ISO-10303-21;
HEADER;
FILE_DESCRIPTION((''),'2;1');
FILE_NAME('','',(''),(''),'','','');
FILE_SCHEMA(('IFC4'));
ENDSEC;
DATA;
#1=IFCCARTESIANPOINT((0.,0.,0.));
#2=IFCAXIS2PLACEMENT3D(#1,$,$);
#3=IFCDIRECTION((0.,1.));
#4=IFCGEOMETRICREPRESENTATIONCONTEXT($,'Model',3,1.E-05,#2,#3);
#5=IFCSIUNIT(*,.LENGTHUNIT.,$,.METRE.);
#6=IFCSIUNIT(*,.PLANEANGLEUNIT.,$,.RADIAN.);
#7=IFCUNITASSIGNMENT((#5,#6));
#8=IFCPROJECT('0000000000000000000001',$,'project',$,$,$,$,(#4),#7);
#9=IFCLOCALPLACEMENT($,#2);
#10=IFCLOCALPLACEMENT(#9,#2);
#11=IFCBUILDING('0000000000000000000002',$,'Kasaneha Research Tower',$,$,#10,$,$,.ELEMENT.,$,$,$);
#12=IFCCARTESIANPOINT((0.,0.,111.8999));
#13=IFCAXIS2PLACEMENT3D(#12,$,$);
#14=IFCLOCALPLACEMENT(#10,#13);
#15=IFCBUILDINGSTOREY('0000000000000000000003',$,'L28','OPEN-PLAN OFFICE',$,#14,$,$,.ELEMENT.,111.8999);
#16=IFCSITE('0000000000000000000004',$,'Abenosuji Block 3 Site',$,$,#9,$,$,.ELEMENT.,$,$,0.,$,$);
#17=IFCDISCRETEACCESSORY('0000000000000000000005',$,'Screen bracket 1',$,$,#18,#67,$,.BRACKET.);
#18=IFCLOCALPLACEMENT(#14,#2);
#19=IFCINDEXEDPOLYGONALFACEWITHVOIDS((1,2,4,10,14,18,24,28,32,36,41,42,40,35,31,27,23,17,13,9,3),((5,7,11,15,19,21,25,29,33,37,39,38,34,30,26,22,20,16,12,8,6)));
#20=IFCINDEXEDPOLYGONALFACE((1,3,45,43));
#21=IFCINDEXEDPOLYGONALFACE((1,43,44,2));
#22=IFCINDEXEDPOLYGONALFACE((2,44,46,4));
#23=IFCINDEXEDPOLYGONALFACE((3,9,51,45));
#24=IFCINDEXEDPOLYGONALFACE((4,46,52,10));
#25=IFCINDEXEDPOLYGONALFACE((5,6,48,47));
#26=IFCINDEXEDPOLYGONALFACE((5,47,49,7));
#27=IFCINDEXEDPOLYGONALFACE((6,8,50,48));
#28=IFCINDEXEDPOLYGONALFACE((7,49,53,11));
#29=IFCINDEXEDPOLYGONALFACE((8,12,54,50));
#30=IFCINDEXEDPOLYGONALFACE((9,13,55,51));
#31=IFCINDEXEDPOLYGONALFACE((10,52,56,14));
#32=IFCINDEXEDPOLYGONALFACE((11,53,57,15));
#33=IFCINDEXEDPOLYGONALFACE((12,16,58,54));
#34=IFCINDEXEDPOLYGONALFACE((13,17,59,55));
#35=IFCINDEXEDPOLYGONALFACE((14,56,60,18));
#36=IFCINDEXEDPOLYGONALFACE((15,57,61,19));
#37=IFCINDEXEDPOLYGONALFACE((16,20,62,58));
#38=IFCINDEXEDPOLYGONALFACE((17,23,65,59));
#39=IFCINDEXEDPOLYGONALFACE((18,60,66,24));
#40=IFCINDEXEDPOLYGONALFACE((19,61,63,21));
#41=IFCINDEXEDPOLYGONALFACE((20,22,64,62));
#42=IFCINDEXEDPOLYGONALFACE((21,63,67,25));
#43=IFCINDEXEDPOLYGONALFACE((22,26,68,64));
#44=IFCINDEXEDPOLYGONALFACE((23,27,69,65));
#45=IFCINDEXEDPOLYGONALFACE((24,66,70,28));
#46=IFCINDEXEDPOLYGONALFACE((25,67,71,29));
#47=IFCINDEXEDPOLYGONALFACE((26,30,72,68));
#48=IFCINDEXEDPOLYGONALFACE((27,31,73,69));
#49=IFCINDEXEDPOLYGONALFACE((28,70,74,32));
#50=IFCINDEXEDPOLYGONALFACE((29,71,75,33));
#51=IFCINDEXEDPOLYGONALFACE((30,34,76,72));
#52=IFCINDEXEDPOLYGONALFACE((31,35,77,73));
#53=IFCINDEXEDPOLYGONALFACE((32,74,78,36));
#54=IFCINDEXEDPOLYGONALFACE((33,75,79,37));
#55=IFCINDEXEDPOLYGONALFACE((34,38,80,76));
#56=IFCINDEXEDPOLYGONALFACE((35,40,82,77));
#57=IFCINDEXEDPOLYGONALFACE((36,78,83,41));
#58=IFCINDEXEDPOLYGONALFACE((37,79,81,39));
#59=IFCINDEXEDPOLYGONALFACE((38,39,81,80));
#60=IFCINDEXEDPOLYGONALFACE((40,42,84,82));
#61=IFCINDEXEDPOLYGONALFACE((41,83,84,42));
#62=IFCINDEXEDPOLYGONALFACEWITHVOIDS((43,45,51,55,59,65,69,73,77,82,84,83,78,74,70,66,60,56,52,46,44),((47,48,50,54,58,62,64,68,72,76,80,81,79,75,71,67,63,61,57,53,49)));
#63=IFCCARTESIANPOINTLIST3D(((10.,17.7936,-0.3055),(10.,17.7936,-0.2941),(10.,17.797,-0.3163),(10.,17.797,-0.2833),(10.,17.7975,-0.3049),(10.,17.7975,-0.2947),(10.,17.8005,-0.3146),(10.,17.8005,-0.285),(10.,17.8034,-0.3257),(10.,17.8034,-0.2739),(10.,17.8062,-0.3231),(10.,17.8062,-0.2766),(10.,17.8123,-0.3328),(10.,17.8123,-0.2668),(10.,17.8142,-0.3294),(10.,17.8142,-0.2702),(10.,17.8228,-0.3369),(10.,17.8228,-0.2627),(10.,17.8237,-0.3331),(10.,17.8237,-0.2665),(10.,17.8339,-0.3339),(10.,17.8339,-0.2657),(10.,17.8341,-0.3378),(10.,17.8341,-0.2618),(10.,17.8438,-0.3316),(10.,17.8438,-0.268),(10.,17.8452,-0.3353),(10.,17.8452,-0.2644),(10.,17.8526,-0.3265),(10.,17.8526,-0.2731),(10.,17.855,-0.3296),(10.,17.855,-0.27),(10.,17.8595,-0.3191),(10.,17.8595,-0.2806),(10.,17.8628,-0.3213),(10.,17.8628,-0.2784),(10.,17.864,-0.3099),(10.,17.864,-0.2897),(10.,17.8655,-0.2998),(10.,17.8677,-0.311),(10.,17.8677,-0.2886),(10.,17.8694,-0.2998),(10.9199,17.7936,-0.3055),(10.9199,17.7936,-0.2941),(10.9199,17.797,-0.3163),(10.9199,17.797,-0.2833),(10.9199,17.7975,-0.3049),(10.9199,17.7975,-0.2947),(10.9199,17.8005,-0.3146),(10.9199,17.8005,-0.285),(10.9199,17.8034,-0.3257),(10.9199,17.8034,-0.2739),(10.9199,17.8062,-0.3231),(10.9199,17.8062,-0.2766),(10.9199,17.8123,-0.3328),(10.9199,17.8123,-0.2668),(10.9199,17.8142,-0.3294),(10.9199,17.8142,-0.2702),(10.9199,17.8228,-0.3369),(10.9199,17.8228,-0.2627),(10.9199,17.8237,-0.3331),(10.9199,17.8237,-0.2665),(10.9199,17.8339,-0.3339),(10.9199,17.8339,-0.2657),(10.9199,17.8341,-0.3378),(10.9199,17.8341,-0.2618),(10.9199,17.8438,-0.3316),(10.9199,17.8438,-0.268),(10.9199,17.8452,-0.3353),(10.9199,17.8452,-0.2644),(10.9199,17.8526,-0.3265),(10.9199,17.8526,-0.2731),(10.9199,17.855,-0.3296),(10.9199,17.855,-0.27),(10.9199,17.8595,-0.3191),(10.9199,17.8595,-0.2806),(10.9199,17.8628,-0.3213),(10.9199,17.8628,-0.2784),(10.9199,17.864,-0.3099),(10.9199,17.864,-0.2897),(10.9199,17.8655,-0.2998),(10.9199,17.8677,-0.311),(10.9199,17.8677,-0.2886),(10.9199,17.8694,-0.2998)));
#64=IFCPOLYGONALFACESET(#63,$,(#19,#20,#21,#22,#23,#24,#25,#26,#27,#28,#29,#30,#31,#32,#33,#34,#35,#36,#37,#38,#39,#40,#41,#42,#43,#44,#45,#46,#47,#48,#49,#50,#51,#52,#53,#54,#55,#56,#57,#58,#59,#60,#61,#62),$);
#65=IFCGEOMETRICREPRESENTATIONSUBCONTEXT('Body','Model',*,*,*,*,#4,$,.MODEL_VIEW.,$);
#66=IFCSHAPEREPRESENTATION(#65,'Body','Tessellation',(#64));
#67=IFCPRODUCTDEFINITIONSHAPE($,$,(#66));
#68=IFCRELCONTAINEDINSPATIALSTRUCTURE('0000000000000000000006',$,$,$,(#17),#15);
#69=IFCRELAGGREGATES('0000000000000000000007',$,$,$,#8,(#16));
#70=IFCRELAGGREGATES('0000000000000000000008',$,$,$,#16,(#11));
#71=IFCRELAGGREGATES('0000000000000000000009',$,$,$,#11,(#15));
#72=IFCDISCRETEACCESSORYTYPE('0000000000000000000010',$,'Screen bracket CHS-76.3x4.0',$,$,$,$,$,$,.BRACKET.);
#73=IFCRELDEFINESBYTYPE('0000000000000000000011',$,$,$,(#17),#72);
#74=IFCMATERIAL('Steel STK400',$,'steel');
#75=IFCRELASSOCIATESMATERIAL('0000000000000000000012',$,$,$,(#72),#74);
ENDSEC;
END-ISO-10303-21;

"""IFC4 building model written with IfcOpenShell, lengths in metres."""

from ifc_helpers import new_model, si_unit, direction, frame, origin, origin_2d, place, context, subcontext, project, spatial, hollow_circle, extrude, material, material_profile, profile_set, type_object, element, save


model = new_model("IFC4")

# Units and contexts
model_context = context("Model", 3, precision=1e-05, world=origin(), true_north=direction((0.0, 1.0)))
body_context = subcontext(model_context, "Body", "Model", "MODEL_VIEW")
ifc_project = project(units=[si_unit("LENGTHUNIT", "METRE"), si_unit("PLANEANGLEUNIT", "RADIAN")], contexts=[model_context])

# Site, building, storey
site_placement = place(None, origin())
site = spatial("IfcSite", under=ifc_project, at=site_placement, Name="Abenosuji Block 3 Site", CompositionType="ELEMENT", RefElevation=0.0)
building_placement = place(site_placement, origin())
building = spatial("IfcBuilding", under=site, at=building_placement, Name="Kasaneha Research Tower", CompositionType="ELEMENT")
storey_placement = place(building_placement, frame((0.0, 0.0, 111.8999)))
storey = spatial("IfcBuildingStorey", under=building, at=storey_placement, Name="L28", Description="OPEN-PLAN OFFICE", CompositionType="ELEMENT", Elevation=111.8999)

# Discrete accessory
ifc_material_1 = material(Name="Steel STK400", Category="steel")
ifc_material_profile_1 = material_profile(ifc_material_1, hollow_circle(Radius=0.0381, WallThickness=0.0039, at=origin_2d()), Name="CHS-76.3x4.0")
ifc_profile_set_1 = profile_set([ifc_material_profile_1], Name="Steel STK400")
discrete_accessory_type = type_object("IfcDiscreteAccessoryType", Name="Screen bracket CHS-76.3x4.0", PredefinedType="BRACKET", material=ifc_profile_set_1)
discrete_accessory_1_placement = place(storey_placement, frame((10.0, 17.8313, -0.2998), z_axis=(1.0, 0.0, 0.0), x_axis=(0.0, 1.0, 0.0)))
element("IfcDiscreteAccessory", 1, at=discrete_accessory_1_placement, inside=storey, type_object=discrete_accessory_type, Name="Screen bracket 1", PredefinedType="BRACKET", context=body_context, shape_type="SweptSolid", body=[
    extrude(hollow_circle(Radius=0.0381, WallThickness=0.0039, at=origin_2d()), origin(), (0.0, 0.0, 1.0), 0.9199),
])

save(model, "model.ifc")
